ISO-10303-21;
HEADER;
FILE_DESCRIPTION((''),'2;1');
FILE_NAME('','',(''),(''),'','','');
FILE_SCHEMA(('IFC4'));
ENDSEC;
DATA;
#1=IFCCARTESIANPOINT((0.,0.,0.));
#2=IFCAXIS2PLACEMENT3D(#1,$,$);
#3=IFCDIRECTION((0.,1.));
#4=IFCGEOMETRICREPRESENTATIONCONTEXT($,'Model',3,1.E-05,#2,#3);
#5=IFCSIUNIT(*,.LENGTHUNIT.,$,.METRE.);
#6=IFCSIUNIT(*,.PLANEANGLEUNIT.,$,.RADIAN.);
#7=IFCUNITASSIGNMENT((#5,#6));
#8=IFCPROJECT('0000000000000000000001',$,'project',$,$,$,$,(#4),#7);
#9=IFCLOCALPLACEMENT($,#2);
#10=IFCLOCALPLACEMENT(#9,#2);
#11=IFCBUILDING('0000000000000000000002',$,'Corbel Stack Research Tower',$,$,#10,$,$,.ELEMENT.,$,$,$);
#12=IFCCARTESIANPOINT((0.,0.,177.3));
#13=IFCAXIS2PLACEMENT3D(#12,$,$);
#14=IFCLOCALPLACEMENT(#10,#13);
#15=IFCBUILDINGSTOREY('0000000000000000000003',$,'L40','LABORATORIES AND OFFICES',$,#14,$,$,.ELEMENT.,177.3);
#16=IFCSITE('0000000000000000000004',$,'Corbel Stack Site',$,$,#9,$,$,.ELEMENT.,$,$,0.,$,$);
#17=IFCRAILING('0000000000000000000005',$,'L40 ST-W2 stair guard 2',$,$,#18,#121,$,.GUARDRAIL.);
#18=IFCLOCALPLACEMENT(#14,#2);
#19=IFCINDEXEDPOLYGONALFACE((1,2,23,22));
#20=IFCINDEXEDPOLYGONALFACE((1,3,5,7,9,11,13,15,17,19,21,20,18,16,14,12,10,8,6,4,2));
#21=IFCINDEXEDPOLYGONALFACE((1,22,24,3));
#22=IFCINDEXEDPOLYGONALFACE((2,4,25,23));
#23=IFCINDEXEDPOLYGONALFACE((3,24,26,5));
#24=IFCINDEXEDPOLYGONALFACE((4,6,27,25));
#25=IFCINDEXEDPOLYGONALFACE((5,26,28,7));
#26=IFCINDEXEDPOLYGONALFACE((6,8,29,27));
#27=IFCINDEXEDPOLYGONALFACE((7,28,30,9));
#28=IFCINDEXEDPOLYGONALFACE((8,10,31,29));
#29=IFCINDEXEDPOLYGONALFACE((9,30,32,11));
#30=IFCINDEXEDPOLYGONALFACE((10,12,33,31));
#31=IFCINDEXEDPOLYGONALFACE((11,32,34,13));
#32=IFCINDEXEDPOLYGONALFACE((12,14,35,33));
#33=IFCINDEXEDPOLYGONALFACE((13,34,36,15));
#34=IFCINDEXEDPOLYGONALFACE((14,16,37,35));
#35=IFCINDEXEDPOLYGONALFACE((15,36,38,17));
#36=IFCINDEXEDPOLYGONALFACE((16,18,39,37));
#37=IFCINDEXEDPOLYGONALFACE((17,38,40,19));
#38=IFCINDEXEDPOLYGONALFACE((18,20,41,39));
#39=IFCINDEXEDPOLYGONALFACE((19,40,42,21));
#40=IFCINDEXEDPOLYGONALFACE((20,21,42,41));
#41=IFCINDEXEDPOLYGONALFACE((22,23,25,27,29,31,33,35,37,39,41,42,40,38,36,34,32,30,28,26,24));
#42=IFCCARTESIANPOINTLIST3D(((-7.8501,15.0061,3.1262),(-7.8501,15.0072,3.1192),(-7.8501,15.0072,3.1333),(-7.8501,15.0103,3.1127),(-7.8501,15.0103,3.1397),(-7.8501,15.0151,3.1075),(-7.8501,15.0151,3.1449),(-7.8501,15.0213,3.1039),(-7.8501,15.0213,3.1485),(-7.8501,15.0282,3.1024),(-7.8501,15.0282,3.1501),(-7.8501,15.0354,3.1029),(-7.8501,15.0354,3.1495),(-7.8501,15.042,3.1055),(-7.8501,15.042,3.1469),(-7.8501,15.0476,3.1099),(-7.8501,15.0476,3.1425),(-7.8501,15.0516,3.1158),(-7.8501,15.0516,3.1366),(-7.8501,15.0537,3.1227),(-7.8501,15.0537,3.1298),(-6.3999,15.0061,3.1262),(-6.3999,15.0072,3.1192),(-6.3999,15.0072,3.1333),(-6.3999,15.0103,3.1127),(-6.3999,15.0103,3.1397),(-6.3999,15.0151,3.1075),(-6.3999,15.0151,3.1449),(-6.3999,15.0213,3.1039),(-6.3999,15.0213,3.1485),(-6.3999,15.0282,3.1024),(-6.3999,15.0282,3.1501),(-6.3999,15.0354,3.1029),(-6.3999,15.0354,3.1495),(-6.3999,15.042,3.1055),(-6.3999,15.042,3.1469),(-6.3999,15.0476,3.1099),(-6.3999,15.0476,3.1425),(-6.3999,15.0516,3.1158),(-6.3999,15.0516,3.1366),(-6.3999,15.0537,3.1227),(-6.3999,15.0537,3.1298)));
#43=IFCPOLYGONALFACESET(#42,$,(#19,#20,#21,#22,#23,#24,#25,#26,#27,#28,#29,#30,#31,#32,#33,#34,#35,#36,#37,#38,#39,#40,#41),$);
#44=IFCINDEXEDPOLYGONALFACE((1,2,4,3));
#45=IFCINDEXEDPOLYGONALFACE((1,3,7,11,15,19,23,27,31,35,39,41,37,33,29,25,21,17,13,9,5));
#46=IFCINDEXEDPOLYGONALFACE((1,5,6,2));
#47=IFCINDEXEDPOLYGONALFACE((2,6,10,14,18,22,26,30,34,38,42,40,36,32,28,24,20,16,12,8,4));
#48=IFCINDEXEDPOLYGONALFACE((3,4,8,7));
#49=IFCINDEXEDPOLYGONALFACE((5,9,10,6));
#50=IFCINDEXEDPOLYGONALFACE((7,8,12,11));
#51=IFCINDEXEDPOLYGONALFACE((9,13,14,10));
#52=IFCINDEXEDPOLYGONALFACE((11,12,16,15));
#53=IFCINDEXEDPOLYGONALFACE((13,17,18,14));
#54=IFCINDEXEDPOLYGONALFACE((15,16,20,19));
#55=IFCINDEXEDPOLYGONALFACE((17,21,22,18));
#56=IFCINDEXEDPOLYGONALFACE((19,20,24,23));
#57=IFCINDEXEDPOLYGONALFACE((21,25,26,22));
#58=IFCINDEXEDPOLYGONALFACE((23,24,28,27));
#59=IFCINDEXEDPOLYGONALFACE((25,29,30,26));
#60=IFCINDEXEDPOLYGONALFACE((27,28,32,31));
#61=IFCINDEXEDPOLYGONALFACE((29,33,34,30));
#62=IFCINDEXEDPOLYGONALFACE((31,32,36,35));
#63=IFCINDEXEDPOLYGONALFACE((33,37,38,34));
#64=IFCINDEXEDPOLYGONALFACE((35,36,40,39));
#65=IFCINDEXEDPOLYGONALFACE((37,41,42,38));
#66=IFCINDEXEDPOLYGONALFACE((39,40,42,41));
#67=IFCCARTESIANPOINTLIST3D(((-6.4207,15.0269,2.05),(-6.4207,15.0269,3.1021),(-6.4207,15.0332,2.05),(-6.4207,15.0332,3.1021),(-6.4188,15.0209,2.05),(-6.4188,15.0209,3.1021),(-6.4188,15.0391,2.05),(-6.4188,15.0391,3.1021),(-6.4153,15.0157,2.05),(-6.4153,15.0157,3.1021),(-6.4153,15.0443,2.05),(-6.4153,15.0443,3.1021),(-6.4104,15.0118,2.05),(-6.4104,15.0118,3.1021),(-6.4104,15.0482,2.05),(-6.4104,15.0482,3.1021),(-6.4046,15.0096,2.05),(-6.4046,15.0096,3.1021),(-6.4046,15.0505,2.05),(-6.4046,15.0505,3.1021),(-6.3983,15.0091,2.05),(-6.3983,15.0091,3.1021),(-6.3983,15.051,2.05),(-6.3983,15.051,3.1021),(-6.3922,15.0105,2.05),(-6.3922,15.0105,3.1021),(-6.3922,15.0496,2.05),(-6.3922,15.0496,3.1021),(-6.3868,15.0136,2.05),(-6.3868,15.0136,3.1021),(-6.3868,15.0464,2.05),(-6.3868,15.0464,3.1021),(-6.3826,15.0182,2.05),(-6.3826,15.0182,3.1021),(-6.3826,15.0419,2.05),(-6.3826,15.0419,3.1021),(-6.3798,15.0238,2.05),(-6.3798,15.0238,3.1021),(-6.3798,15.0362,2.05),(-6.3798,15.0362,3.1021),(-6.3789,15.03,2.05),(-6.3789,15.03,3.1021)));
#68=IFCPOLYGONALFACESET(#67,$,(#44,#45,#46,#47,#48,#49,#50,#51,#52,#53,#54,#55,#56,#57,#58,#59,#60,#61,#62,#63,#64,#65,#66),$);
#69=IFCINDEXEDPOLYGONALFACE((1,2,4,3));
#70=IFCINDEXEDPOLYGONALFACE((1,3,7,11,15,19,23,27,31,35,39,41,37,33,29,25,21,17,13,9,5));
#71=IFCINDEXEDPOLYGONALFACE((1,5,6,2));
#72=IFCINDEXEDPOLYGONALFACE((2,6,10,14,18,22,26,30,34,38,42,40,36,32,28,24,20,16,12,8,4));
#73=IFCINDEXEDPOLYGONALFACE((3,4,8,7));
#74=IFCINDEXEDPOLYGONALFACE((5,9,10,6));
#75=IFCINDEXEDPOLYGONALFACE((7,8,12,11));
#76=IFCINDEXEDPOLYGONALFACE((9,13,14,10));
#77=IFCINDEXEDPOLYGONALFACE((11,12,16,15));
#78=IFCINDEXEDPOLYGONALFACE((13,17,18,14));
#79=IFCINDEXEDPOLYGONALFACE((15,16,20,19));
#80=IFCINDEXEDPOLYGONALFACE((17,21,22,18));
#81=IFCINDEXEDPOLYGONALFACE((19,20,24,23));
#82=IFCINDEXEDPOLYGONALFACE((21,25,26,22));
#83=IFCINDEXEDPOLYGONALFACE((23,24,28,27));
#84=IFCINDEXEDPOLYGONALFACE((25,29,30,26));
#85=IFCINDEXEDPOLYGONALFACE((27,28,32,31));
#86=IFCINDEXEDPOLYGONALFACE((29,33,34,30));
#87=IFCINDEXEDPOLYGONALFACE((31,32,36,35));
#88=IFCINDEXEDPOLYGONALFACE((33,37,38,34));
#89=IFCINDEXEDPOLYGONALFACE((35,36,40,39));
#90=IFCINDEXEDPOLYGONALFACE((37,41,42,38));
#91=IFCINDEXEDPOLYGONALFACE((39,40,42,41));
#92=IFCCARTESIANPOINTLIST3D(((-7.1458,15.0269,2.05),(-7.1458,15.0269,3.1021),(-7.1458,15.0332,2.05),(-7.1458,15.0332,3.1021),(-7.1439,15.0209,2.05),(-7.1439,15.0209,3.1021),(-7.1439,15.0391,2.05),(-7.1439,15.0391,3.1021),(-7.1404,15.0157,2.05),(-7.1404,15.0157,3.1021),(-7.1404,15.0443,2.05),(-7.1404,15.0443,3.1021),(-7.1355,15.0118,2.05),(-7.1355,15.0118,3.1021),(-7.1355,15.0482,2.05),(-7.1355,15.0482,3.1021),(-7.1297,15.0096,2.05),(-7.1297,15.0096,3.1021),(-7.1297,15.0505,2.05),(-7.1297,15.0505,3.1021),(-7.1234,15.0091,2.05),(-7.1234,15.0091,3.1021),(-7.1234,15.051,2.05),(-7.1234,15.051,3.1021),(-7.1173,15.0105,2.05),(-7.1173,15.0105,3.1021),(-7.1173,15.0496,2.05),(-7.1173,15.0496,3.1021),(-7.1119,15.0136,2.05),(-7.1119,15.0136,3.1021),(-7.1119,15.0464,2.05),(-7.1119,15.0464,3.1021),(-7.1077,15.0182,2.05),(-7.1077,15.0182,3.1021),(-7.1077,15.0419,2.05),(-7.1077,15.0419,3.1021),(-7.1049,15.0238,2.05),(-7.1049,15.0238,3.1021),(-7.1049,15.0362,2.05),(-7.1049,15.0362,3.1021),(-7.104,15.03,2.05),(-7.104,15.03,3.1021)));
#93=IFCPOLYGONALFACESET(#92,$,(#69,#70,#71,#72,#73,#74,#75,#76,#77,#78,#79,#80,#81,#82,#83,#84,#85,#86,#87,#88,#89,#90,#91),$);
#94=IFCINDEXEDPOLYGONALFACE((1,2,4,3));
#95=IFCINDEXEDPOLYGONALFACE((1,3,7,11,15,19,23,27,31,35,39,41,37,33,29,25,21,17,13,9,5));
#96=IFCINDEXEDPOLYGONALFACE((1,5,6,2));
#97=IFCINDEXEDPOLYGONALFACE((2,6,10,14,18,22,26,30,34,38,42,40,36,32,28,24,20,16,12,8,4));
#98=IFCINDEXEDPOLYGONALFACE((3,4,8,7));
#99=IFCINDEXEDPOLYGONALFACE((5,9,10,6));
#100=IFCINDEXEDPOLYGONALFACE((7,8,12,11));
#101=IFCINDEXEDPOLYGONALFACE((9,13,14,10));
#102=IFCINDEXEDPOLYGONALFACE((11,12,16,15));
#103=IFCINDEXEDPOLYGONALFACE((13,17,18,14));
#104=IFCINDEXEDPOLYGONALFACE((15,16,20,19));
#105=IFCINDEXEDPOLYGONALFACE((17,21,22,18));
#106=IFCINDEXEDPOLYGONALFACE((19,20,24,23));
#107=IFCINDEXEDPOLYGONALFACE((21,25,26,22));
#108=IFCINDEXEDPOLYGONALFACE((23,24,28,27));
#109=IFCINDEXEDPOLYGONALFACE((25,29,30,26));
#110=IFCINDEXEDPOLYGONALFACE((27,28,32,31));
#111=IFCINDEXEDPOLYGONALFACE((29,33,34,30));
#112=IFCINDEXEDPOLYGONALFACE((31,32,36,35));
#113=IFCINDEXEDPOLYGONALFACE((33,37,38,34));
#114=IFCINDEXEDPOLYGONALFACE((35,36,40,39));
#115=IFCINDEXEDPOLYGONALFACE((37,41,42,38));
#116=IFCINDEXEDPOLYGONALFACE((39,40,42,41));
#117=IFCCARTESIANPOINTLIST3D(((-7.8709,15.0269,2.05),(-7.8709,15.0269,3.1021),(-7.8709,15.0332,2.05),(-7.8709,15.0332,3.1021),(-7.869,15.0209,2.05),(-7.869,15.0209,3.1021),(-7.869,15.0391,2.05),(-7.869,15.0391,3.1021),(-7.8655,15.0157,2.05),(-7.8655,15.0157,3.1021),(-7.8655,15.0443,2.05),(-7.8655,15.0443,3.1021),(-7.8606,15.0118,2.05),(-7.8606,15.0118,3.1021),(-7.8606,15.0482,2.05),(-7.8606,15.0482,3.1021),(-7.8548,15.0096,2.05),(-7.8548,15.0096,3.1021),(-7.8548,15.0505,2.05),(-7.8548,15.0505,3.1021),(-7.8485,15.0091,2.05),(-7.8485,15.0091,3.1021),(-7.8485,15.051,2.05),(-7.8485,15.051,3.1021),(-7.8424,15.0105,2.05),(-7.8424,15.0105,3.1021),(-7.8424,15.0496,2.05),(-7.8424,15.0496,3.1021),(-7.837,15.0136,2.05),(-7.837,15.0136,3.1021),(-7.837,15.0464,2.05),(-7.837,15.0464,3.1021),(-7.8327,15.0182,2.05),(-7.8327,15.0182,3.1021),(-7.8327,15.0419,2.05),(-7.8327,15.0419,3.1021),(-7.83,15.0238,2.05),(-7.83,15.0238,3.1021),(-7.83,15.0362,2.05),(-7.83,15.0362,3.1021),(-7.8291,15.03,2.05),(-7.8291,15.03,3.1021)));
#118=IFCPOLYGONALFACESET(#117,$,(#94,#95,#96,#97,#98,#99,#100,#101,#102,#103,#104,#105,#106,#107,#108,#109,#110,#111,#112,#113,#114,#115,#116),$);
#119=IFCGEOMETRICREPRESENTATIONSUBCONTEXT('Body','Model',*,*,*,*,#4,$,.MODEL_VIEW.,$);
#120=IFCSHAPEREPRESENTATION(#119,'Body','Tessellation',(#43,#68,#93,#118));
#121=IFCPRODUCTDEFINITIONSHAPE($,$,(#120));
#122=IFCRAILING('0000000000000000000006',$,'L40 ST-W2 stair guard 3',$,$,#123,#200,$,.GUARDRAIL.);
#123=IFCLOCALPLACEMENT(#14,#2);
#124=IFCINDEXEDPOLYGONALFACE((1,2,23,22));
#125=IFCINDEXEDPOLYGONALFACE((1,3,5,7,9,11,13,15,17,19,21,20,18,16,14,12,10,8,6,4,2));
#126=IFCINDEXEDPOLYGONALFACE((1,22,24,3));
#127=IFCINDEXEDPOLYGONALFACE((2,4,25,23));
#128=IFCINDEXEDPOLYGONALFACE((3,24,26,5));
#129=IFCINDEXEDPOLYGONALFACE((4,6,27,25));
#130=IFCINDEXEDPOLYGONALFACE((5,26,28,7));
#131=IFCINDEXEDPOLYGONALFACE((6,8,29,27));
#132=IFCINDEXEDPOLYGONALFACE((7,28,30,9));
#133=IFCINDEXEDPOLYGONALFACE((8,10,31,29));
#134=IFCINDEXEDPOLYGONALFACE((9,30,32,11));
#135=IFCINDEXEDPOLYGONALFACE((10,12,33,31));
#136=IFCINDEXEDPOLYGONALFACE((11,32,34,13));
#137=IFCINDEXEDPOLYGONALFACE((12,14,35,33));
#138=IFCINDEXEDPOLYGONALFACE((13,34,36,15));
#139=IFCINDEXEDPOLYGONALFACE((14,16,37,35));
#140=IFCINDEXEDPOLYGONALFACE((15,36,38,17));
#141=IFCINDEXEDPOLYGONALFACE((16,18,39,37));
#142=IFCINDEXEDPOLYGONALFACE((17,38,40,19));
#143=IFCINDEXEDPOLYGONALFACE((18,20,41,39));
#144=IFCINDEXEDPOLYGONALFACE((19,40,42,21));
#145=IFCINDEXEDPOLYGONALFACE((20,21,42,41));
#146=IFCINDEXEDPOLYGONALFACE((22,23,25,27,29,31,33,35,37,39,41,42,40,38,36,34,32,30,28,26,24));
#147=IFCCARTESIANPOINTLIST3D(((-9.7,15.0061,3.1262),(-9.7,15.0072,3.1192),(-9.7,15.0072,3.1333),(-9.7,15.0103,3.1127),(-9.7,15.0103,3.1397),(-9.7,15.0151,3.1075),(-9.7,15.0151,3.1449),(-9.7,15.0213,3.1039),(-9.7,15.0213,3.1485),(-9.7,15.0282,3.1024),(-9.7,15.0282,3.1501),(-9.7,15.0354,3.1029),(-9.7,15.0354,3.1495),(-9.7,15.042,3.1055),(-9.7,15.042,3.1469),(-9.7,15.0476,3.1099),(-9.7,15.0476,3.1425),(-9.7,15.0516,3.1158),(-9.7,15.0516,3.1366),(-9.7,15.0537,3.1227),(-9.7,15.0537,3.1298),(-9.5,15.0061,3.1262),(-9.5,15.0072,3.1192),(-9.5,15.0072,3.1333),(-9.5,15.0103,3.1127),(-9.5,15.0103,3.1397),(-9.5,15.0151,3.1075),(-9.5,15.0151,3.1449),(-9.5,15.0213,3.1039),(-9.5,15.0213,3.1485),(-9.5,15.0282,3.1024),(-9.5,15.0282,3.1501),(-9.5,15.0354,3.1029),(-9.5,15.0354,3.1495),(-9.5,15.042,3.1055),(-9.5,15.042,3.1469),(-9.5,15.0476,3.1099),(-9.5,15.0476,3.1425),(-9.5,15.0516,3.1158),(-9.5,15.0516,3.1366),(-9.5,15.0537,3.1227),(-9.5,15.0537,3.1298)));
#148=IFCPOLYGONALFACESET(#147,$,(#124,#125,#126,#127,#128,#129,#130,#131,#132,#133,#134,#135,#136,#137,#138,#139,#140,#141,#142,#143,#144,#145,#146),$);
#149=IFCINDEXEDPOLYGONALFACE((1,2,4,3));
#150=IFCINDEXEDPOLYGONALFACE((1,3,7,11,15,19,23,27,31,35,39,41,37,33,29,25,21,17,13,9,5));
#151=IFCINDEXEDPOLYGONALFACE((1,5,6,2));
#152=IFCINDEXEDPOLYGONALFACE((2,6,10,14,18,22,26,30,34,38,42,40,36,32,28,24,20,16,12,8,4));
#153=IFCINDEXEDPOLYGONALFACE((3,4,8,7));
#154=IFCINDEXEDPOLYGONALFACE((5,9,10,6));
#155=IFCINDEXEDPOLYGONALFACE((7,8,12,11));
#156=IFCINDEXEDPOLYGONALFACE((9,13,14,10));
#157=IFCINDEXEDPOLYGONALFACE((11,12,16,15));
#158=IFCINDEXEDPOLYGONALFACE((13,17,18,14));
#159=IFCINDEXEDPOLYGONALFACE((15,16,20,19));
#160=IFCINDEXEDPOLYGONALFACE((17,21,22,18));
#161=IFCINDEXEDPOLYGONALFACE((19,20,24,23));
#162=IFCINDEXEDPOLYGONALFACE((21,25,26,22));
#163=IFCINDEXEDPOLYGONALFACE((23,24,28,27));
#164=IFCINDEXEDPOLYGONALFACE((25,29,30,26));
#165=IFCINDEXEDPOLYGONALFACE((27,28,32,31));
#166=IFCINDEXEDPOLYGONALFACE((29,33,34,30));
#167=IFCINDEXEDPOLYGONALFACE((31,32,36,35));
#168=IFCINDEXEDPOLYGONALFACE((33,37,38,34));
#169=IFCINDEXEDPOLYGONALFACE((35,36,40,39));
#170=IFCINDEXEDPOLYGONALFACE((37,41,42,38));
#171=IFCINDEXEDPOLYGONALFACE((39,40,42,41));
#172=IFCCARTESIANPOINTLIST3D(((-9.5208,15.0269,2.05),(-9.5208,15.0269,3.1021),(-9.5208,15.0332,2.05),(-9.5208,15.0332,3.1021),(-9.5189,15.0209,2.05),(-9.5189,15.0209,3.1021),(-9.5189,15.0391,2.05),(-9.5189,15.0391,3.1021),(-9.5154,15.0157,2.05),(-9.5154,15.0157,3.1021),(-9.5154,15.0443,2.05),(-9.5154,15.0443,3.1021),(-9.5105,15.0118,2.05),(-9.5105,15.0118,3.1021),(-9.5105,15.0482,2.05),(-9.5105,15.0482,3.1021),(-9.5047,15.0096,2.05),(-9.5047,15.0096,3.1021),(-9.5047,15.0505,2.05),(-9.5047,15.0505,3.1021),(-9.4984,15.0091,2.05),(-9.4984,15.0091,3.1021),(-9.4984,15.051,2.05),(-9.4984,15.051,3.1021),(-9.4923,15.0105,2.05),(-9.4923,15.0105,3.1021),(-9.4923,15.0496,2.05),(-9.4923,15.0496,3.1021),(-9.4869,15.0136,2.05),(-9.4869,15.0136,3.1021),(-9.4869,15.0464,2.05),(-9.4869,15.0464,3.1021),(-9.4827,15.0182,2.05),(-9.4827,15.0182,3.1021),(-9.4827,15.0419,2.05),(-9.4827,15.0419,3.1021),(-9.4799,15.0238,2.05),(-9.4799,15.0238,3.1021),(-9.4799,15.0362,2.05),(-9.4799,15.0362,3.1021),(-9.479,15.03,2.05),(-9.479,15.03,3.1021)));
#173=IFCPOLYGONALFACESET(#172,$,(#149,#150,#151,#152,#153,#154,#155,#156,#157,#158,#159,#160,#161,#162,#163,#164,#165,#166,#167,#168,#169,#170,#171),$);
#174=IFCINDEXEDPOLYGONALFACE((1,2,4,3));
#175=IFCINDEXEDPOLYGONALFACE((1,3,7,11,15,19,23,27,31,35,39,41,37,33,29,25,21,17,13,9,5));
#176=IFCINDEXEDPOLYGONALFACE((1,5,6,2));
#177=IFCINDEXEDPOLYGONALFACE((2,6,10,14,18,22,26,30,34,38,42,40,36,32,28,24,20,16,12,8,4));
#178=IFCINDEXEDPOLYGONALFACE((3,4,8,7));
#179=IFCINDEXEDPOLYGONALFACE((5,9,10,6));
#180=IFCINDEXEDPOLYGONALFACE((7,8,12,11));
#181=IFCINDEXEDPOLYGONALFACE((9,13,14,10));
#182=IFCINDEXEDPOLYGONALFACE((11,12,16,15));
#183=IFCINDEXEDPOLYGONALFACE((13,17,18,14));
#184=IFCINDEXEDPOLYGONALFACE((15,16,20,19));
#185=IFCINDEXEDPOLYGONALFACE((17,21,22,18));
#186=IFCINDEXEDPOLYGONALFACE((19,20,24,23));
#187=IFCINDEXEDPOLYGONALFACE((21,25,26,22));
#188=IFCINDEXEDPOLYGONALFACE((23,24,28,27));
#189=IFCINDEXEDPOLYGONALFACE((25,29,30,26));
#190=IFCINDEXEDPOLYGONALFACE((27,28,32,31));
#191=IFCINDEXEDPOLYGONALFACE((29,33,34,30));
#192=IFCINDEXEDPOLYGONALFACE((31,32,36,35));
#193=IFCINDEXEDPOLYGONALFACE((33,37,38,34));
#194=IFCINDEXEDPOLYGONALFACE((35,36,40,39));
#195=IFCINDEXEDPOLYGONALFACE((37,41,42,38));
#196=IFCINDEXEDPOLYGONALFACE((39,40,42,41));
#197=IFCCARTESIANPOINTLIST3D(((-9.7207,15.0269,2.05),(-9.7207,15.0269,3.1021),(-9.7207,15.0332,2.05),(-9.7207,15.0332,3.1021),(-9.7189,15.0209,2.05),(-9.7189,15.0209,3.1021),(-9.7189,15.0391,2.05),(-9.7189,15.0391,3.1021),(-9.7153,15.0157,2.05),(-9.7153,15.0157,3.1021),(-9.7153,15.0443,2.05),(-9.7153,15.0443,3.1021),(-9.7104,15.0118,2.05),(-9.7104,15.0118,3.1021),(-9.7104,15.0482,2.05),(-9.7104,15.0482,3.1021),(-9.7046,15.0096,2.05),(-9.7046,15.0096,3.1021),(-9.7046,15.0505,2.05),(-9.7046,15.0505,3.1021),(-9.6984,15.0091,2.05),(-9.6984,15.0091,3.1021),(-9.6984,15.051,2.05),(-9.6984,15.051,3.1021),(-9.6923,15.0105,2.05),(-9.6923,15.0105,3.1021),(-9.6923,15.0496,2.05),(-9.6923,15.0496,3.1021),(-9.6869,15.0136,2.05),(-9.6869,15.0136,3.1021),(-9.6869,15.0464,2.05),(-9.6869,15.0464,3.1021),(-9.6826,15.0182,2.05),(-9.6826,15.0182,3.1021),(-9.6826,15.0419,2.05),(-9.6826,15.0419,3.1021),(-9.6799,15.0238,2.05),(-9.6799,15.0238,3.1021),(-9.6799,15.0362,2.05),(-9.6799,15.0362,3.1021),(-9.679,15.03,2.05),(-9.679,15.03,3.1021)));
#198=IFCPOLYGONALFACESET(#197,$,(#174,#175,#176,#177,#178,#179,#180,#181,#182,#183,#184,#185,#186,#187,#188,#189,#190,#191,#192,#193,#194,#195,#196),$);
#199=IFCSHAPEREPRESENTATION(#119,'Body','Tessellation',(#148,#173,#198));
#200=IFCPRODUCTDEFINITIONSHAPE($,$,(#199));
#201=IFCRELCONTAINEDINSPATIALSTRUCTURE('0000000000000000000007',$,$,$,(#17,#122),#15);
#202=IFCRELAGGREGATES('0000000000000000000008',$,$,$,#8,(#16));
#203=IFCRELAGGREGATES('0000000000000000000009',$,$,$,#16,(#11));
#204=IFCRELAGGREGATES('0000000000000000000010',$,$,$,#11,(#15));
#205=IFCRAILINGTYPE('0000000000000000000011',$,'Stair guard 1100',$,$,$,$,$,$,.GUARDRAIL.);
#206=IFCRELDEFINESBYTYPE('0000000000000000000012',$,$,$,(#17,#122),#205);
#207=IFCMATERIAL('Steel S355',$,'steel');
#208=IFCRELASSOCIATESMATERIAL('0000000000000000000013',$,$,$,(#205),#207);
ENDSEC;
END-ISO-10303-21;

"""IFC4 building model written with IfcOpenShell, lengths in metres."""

from ifc_helpers import new_model, si_unit, direction, frame, origin, origin_2d, place, context, subcontext, project, spatial, circle, extrude, material, type_object, element, save


model = new_model("IFC4")

# Units and contexts
model_context = context("Model", 3, precision=1e-05, world=origin(), true_north=direction((0.0, 1.0)))
body_context = subcontext(model_context, "Body", "Model", "MODEL_VIEW")
ifc_project = project(units=[si_unit("LENGTHUNIT", "METRE"), si_unit("PLANEANGLEUNIT", "RADIAN")], contexts=[model_context])

# Site, building, storey
site_placement = place(None, origin())
site = spatial("IfcSite", under=ifc_project, at=site_placement, Name="Corbel Stack Site", CompositionType="ELEMENT", RefElevation=0.0)
building_placement = place(site_placement, origin())
building = spatial("IfcBuilding", under=site, at=building_placement, Name="Corbel Stack Research Tower", CompositionType="ELEMENT")
storey_placement = place(building_placement, frame((0.0, 0.0, 177.3)))
storey = spatial("IfcBuildingStorey", under=building, at=storey_placement, Name="L40", Description="LABORATORIES AND OFFICES", CompositionType="ELEMENT", Elevation=177.3)

# Railings
ifc_material_1 = material(Name="Steel S355", Category="steel")
railing_type_1 = type_object("IfcRailingType", Name="Stair guard 1100", PredefinedType="GUARDRAIL", material=ifc_material_1)
railing_1_placement = place(storey_placement, frame((-6.3999, 15.03, 2.05)))
element("IfcRailing", 1, at=railing_1_placement, inside=storey, type_object=railing_type_1, Name="L40 ST-W2 stair guard 2", PredefinedType="GUARDRAIL", context=body_context, shape_type="SweptSolid", body=[
    extrude(circle(Radius=0.0239, at=origin_2d()), frame((0.0, 0.0, 1.0762), z_axis=(-1.0, 0.0, 0.0), x_axis=(0.0, -1.0, 0.0)), (0.0, 0.0, 1.0), 1.4502),
    extrude(circle(Radius=0.021, at=origin_2d()), origin(), (0.0, 0.0, 1.0), 1.052),
    extrude(circle(Radius=0.021, at=origin_2d()), frame((-0.7251, 0.0, 0.0)), (0.0, 0.0, 1.0), 1.052),
    extrude(circle(Radius=0.021, at=origin_2d()), frame((-1.4502, 0.0, 0.0)), (0.0, 0.0, 1.0), 1.052),
])
railing_2_placement = place(storey_placement, frame((-9.5, 15.03, 2.05)))
element("IfcRailing", 2, at=railing_2_placement, inside=storey, type_object=railing_type_1, Name="L40 ST-W2 stair guard 3", PredefinedType="GUARDRAIL", context=body_context, shape_type="SweptSolid", body=[
    extrude(circle(Radius=0.0239, at=origin_2d()), frame((0.0, 0.0, 1.0762), z_axis=(-1.0, 0.0, 0.0), x_axis=(0.0, -1.0, 0.0)), (0.0, 0.0, 1.0), 0.2),
    extrude(circle(Radius=0.021, at=origin_2d()), origin(), (0.0, 0.0, 1.0), 1.052),
    extrude(circle(Radius=0.021, at=origin_2d()), frame((-0.2, 0.0, 0.0)), (0.0, 0.0, 1.0), 1.052),
])

save(model, "model.ifc")
